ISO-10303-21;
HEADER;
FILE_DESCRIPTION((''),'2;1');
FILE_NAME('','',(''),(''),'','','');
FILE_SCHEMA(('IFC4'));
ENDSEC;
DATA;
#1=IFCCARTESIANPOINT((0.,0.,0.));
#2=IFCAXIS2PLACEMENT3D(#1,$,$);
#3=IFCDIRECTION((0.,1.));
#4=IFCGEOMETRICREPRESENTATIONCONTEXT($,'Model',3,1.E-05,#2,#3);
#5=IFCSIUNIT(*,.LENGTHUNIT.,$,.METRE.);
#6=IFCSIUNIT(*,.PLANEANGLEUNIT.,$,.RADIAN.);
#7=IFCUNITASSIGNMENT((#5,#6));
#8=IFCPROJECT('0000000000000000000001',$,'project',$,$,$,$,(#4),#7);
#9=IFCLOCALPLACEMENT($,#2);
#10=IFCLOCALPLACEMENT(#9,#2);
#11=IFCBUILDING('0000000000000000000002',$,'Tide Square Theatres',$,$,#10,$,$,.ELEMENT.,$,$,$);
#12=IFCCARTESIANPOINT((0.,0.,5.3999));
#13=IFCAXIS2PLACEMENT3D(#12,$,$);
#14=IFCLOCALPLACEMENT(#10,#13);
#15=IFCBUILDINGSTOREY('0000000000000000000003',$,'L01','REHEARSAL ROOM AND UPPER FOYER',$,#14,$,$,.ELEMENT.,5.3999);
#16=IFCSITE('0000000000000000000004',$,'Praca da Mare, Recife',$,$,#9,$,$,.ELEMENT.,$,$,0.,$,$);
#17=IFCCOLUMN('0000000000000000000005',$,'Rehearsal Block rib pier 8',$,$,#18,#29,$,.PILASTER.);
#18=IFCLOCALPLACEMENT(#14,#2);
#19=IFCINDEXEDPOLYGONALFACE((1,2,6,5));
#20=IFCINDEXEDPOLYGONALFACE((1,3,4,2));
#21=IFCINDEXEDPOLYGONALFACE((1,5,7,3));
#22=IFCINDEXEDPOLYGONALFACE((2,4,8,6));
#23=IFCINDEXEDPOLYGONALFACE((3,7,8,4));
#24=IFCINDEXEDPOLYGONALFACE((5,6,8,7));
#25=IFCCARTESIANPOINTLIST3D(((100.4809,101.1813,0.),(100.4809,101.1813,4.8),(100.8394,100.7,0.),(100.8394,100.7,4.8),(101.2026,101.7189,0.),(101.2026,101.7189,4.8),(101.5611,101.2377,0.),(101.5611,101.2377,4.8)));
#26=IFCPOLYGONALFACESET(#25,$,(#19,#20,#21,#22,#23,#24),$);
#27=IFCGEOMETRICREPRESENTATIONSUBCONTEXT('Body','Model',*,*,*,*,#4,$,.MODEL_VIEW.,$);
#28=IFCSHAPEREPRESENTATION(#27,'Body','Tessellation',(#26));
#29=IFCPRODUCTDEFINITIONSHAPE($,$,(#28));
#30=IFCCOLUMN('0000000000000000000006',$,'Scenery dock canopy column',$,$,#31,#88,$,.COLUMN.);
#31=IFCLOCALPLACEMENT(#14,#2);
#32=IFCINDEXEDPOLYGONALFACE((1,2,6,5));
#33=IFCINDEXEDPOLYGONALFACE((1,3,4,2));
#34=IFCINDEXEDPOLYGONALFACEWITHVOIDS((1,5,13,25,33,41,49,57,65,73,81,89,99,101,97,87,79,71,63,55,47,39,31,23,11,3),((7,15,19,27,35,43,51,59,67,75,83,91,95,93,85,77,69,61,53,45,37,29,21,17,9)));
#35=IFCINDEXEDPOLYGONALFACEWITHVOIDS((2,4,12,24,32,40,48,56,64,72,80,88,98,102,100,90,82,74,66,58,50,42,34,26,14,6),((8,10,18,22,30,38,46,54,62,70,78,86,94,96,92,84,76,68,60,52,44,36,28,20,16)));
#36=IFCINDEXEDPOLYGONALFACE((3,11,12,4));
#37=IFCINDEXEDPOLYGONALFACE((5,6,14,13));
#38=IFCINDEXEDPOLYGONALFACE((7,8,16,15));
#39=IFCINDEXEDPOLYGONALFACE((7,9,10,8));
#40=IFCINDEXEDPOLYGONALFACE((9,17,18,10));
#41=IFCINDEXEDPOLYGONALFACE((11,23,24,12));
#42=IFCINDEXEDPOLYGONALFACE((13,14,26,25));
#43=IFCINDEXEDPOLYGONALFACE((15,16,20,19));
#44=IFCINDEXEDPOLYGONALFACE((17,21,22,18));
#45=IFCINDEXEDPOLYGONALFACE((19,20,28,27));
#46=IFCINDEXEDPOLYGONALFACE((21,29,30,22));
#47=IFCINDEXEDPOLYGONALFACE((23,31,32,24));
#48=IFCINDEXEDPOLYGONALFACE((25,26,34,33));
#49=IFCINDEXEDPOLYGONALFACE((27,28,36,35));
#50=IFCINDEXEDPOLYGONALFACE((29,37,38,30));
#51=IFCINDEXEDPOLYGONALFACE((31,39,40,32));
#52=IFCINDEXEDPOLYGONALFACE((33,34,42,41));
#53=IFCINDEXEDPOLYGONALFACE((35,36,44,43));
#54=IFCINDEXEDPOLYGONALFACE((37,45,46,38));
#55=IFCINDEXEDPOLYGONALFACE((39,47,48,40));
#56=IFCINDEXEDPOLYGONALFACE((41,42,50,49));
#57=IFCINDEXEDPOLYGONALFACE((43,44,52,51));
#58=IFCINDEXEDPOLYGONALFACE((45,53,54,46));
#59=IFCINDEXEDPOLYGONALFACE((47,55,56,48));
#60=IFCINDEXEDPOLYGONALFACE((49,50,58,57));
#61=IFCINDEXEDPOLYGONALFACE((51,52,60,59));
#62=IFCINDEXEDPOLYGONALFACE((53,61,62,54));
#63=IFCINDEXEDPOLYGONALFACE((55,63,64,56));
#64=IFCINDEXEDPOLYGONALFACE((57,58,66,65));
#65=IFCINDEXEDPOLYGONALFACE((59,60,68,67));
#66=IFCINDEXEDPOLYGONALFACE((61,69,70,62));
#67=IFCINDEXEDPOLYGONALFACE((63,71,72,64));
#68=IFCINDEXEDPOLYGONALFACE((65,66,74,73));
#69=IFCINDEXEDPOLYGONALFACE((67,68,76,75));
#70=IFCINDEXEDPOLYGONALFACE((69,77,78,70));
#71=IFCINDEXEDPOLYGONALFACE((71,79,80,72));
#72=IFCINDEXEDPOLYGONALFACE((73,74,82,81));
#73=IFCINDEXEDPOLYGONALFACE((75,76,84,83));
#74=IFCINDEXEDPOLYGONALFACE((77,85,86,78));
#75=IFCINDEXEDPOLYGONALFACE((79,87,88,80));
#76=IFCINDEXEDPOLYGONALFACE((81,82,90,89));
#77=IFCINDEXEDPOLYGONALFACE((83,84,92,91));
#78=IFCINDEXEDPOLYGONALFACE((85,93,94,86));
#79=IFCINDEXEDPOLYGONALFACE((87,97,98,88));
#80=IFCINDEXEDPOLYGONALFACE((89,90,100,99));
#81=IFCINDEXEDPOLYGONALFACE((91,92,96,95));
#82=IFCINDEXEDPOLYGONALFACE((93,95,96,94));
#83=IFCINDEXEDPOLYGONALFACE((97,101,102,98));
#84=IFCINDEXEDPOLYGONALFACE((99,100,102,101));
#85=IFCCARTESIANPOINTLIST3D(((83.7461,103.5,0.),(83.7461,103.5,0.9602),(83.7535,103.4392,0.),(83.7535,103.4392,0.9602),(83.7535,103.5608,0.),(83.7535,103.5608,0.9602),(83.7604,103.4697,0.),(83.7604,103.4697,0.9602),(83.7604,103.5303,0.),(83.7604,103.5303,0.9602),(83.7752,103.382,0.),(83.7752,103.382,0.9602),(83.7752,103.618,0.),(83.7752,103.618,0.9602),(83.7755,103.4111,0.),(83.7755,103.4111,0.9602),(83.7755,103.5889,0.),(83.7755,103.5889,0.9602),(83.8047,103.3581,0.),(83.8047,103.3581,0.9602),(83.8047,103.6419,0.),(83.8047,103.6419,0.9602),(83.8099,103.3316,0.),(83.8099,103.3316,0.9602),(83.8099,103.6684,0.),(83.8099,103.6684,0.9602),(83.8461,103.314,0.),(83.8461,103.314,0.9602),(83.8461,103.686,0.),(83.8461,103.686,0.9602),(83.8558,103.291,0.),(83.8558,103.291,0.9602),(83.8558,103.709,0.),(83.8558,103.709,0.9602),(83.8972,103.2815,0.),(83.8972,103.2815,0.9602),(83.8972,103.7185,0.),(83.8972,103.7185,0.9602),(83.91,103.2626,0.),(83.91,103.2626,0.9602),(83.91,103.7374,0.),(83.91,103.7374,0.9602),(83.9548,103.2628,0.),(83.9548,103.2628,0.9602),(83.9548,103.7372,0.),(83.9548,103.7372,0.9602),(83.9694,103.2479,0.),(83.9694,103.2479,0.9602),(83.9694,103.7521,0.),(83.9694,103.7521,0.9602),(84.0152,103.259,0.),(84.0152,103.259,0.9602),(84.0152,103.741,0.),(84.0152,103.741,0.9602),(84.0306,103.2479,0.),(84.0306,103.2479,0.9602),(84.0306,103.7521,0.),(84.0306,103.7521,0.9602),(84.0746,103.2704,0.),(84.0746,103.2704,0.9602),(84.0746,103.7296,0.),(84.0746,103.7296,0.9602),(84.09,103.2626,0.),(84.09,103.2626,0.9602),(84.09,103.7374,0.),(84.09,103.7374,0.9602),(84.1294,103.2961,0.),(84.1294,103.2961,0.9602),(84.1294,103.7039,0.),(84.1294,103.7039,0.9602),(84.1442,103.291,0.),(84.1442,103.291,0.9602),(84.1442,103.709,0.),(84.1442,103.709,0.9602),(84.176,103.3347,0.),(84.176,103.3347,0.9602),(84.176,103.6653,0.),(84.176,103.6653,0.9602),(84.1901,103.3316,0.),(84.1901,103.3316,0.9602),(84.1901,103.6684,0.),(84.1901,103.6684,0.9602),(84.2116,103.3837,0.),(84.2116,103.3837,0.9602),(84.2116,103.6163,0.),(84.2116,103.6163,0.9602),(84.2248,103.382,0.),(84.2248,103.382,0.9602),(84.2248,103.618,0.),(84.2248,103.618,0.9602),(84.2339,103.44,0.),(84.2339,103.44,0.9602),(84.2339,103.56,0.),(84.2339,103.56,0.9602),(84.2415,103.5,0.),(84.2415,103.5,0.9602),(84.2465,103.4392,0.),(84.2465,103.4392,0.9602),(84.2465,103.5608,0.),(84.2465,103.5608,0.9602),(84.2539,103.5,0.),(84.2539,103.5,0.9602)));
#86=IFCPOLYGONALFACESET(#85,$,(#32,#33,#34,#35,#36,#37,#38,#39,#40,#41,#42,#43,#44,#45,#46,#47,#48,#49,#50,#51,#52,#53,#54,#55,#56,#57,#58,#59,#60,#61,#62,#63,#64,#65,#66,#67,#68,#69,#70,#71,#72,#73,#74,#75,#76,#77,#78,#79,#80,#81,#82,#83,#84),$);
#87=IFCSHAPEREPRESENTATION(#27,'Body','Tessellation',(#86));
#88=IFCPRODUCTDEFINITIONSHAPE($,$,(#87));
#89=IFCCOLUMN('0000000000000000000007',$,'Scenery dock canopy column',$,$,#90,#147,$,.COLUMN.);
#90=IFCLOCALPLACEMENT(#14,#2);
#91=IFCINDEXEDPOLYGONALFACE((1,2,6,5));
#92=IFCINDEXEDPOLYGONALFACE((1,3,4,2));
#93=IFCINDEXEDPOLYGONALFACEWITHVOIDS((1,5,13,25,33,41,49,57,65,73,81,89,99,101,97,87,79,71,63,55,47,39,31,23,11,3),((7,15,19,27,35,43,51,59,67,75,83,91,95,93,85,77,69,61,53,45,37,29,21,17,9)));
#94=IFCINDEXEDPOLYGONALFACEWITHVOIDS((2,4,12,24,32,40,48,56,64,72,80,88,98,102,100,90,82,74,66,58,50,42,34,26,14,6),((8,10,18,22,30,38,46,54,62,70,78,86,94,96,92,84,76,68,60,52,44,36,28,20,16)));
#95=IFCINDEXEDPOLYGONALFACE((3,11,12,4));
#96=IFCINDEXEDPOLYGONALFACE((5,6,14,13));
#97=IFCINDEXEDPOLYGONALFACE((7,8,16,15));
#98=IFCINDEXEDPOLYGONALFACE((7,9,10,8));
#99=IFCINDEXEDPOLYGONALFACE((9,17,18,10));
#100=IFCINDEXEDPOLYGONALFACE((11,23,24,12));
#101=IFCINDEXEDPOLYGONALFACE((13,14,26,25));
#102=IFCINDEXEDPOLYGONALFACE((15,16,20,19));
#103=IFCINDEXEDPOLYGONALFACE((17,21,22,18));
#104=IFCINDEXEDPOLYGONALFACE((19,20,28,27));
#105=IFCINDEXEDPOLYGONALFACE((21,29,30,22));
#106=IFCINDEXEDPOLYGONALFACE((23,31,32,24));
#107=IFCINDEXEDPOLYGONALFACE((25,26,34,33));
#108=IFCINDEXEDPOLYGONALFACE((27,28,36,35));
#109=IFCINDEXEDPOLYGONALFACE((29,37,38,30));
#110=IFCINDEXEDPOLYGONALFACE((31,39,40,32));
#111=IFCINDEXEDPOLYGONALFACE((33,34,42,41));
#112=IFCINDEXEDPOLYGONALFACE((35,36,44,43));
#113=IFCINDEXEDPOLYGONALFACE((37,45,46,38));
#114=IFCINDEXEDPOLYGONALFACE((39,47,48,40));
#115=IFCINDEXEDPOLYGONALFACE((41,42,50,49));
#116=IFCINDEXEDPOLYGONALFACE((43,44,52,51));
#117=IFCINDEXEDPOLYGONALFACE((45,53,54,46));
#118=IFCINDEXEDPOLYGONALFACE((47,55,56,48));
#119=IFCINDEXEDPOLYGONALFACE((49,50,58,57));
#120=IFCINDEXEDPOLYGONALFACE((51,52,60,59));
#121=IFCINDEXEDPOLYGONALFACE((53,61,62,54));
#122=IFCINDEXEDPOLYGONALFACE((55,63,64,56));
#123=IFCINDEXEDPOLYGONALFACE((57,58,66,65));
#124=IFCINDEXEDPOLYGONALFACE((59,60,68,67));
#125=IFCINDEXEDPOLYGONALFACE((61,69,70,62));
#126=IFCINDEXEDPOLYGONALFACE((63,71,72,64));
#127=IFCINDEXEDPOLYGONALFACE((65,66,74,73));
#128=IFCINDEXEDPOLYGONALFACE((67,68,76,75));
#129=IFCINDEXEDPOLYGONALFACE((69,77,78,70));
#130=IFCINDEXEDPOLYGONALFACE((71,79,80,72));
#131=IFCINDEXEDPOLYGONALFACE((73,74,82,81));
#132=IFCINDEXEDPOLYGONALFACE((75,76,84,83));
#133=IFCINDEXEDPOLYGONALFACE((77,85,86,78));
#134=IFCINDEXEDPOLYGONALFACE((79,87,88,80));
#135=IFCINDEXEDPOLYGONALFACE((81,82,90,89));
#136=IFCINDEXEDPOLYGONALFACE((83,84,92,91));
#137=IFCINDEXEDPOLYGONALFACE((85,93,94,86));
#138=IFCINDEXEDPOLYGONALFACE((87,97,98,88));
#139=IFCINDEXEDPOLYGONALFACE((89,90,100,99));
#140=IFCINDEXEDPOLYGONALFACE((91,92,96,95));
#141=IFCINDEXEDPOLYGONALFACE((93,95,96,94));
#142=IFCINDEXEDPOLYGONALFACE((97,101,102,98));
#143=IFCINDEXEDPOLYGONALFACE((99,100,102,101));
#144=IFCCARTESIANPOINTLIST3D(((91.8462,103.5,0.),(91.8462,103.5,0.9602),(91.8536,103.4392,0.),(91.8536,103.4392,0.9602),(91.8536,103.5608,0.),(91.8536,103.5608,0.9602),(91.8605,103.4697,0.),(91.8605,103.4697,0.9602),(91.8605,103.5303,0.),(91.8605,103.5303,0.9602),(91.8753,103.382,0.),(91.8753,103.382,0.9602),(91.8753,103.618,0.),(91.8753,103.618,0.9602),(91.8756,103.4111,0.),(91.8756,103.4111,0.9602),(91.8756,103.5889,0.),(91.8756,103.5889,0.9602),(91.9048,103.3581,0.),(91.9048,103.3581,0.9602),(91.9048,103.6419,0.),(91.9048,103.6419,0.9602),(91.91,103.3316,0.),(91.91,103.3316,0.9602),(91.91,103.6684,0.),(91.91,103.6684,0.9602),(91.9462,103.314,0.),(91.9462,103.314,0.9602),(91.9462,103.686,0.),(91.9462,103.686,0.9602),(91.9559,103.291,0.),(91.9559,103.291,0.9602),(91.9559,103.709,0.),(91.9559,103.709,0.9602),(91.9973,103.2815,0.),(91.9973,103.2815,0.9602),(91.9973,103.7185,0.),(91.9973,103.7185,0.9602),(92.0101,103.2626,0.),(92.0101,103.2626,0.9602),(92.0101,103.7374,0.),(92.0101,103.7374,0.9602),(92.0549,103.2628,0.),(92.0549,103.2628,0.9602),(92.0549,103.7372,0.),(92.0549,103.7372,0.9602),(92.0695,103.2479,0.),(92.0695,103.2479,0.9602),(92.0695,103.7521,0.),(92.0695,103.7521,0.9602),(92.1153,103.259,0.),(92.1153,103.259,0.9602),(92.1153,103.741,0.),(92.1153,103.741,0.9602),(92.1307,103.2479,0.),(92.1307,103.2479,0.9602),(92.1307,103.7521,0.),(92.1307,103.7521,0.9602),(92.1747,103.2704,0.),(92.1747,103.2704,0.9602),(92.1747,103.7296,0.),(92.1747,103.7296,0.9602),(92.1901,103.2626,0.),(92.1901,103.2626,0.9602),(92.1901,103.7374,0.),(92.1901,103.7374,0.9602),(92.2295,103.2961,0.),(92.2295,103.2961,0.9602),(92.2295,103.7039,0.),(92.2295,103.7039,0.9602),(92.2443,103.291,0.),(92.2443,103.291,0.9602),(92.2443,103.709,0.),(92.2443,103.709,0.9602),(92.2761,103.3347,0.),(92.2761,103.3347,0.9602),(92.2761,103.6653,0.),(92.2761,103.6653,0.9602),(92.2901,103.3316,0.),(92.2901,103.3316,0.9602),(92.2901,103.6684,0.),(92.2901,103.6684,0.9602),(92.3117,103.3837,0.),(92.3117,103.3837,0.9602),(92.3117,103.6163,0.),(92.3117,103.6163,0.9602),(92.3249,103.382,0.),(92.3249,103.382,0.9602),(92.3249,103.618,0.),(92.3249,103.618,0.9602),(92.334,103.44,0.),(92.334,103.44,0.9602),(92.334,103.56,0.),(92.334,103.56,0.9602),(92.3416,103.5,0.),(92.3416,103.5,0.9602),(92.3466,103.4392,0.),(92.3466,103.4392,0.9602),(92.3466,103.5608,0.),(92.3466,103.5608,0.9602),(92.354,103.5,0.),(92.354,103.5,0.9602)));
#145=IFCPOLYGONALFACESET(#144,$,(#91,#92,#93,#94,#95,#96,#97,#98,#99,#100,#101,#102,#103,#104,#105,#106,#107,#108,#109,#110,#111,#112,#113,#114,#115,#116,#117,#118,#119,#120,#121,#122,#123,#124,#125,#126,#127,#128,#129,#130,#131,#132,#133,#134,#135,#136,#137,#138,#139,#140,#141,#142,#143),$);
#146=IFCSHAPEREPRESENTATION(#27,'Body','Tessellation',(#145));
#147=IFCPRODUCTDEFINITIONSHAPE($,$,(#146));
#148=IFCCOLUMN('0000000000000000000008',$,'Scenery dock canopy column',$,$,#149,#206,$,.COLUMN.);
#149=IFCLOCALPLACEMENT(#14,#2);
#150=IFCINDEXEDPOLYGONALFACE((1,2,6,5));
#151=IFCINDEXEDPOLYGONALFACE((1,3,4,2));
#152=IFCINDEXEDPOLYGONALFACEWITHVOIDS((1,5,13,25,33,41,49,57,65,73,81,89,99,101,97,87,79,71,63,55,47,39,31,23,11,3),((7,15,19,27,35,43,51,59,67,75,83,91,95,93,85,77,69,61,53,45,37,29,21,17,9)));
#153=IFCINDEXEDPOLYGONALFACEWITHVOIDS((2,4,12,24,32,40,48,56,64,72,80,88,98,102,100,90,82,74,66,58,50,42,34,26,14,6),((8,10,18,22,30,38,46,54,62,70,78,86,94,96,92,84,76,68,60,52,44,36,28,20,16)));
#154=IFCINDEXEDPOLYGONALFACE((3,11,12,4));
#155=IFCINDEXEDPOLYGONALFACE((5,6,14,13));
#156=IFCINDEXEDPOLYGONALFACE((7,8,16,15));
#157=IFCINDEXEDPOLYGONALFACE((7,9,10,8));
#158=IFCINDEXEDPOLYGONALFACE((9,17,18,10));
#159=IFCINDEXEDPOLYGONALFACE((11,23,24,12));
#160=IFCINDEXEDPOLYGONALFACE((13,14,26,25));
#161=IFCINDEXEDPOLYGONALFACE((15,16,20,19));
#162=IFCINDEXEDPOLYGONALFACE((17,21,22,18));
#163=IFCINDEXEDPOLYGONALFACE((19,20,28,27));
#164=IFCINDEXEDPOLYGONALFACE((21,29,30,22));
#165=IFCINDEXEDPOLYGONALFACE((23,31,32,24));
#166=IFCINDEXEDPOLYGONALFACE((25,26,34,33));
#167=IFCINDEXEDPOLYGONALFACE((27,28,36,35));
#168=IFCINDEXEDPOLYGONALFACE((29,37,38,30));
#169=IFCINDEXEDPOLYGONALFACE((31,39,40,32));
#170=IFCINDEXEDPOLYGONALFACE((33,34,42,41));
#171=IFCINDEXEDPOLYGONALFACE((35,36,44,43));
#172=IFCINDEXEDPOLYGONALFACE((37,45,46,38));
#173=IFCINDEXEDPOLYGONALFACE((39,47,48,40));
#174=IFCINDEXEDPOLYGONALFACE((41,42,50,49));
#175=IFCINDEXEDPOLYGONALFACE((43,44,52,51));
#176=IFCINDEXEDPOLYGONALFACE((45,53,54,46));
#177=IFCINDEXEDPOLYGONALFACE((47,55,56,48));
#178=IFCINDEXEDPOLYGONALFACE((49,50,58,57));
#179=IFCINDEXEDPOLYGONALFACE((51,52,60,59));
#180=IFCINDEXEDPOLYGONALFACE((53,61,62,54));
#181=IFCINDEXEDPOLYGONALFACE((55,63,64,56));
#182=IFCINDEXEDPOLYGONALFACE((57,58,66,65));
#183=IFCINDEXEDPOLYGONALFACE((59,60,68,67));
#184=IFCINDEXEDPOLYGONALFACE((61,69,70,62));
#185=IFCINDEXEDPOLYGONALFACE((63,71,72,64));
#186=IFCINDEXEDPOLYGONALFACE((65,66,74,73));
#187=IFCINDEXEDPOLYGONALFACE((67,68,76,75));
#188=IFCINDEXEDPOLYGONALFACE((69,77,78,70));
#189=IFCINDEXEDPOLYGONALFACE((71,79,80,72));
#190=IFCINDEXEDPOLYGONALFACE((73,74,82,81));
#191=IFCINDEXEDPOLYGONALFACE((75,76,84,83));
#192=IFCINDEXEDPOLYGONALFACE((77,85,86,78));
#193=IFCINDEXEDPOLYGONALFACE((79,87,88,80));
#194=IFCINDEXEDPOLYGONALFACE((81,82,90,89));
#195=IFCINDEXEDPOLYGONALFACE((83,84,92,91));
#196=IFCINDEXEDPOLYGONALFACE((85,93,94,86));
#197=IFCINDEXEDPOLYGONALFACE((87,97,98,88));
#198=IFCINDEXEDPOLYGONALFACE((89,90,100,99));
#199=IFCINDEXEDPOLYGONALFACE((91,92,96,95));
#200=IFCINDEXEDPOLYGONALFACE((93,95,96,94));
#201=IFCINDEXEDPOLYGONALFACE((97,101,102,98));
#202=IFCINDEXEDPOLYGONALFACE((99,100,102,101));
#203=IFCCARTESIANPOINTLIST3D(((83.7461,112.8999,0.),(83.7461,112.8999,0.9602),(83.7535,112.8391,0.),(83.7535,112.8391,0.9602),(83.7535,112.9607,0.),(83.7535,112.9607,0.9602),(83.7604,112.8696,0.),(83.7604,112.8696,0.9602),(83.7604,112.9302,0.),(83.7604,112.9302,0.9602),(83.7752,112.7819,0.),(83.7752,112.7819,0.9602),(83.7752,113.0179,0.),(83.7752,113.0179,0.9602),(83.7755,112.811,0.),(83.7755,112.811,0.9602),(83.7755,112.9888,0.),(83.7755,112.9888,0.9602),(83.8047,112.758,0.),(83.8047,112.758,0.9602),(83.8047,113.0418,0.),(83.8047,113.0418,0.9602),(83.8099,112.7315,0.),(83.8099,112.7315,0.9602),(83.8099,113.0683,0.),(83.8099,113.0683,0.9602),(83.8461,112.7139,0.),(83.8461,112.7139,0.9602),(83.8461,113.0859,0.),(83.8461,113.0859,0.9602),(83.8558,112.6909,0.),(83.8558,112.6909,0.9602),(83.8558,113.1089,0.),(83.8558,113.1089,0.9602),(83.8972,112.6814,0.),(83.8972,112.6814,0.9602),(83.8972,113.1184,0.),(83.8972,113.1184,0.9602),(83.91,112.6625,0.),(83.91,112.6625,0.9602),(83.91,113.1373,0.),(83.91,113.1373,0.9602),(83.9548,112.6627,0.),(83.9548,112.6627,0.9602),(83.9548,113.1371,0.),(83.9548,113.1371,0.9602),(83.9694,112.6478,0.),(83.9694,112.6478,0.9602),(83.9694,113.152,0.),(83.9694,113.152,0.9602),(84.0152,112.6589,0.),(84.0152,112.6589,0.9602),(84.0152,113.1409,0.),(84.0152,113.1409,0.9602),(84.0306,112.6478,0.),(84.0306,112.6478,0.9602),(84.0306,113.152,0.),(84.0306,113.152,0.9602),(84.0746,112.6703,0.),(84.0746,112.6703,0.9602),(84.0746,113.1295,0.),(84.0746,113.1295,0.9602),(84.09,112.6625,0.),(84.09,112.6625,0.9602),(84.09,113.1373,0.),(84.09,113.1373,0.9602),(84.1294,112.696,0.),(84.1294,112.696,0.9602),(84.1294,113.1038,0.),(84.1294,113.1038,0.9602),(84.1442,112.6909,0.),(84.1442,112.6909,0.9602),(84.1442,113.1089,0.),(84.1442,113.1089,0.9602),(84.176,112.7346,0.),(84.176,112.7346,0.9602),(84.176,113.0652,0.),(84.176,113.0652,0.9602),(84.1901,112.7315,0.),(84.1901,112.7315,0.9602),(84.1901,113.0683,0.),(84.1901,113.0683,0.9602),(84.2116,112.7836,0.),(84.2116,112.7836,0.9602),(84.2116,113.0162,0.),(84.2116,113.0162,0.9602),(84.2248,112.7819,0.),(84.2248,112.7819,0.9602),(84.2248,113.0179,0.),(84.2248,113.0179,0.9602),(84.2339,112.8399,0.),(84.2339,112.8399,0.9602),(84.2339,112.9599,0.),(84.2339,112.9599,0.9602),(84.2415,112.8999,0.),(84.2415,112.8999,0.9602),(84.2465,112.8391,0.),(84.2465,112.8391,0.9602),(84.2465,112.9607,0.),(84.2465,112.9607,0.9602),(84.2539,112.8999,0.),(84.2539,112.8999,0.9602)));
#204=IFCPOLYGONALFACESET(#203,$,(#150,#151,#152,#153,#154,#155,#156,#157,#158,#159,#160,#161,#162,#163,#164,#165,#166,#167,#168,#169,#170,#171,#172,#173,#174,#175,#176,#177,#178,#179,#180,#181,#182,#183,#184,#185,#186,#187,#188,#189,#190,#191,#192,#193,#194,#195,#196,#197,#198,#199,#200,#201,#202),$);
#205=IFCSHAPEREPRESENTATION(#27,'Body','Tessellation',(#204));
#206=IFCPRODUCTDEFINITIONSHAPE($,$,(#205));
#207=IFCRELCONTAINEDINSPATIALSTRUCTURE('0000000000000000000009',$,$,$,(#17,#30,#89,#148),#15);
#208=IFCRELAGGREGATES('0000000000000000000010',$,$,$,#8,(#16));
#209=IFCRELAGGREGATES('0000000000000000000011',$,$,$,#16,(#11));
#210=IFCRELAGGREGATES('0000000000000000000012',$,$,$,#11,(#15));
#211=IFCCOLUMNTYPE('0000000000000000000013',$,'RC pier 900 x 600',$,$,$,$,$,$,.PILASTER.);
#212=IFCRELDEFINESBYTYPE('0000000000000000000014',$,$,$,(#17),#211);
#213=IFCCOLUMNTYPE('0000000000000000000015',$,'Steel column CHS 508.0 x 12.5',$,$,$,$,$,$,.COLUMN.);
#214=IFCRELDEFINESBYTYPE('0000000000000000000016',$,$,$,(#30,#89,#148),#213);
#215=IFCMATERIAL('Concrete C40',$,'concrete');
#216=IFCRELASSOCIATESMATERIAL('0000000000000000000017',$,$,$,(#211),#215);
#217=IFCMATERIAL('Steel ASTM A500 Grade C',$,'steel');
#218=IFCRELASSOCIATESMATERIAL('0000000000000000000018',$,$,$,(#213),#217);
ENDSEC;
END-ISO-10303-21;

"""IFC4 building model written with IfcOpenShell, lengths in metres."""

from ifc_helpers import new_model, si_unit, direction, frame, origin, origin_2d, place, context, subcontext, project, spatial, rectangle, hollow_circle, extrude, material, material_profile, profile_set, type_object, element, save


model = new_model("IFC4")

# Units and contexts
model_context = context("Model", 3, precision=1e-05, world=origin(), true_north=direction((0.0, 1.0)))
body_context = subcontext(model_context, "Body", "Model", "MODEL_VIEW")
ifc_project = project(units=[si_unit("LENGTHUNIT", "METRE"), si_unit("PLANEANGLEUNIT", "RADIAN")], contexts=[model_context])

# Site, building, storey
site_placement = place(None, origin())
site = spatial("IfcSite", under=ifc_project, at=site_placement, Name="Praca da Mare, Recife", CompositionType="ELEMENT", RefElevation=0.0)
building_placement = place(site_placement, origin())
building = spatial("IfcBuilding", under=site, at=building_placement, Name="Tide Square Theatres", CompositionType="ELEMENT")
storey_placement = place(building_placement, frame((0.0, 0.0, 5.3999)))
storey = spatial("IfcBuildingStorey", under=building, at=storey_placement, Name="L01", Description="REHEARSAL ROOM AND UPPER FOYER", CompositionType="ELEMENT", Elevation=5.3999)

# Columns
ifc_material_1 = material(Name="Concrete C40", Category="concrete")
ifc_material_profile_1 = material_profile(ifc_material_1, rectangle(XDim=0.8999, YDim=0.6001, at=origin_2d()))
ifc_profile_set_1 = profile_set([ifc_material_profile_1], Name="Concrete C40")
column_type_1 = type_object("IfcColumnType", Name="RC pier 900 x 600", PredefinedType="PILASTER", material=ifc_profile_set_1)
column_placement = place(storey_placement, frame((101.021, 101.2095, 0.0), z_axis=(0.0, 0.0, 1.0), x_axis=(-0.801928, -0.597421, 0.0)))
element("IfcColumn", 1, at=column_placement, inside=storey, type_object=column_type_1, Name="Rehearsal Block rib pier 8", PredefinedType="PILASTER", context=body_context, shape_type="SweptSolid", body=[
    extrude(rectangle(XDim=0.8999, YDim=0.6001, at=origin_2d()), origin(), (0.0, 0.0, 1.0), 4.8),
])
ifc_material_2 = material(Name="Steel ASTM A500 Grade C", Category="steel")
ifc_material_profile_2 = material_profile(ifc_material_2, hollow_circle(Radius=0.2539, WallThickness=0.0125, at=origin_2d()))
ifc_profile_set_2 = profile_set([ifc_material_profile_2], Name="Steel ASTM A500 Grade C")
column_type_2 = type_object("IfcColumnType", Name="Steel column CHS 508.0 x 12.5", PredefinedType="COLUMN", material=ifc_profile_set_2)
for number, where, z_axis, x_axis, name in (
    (2, (84.0, 103.5, 0.0), (0.0, 0.0, 1.0), (1.0, 0.0, 0.0), "Scenery dock canopy column"),
    (3, (92.1001, 103.5, 0.0), (0.0, 0.0, 1.0), (1.0, 0.0, 0.0), "Scenery dock canopy column"),
    (4, (84.0, 112.8999, 0.0), (0.0, 0.0, 1.0), (1.0, 0.0, 0.0), "Scenery dock canopy column"),
):
    element("IfcColumn", number, at=place(storey_placement, frame(where, z_axis=z_axis, x_axis=x_axis)), inside=storey, type_object=column_type_2, Name=name, PredefinedType="COLUMN", context=body_context, shape_type="SweptSolid", body=[
        extrude(hollow_circle(Radius=0.2539, WallThickness=0.0125, at=origin_2d()), origin(), (0.0, 0.0, 1.0), 0.9602),
    ])

save(model, "model.ifc")
